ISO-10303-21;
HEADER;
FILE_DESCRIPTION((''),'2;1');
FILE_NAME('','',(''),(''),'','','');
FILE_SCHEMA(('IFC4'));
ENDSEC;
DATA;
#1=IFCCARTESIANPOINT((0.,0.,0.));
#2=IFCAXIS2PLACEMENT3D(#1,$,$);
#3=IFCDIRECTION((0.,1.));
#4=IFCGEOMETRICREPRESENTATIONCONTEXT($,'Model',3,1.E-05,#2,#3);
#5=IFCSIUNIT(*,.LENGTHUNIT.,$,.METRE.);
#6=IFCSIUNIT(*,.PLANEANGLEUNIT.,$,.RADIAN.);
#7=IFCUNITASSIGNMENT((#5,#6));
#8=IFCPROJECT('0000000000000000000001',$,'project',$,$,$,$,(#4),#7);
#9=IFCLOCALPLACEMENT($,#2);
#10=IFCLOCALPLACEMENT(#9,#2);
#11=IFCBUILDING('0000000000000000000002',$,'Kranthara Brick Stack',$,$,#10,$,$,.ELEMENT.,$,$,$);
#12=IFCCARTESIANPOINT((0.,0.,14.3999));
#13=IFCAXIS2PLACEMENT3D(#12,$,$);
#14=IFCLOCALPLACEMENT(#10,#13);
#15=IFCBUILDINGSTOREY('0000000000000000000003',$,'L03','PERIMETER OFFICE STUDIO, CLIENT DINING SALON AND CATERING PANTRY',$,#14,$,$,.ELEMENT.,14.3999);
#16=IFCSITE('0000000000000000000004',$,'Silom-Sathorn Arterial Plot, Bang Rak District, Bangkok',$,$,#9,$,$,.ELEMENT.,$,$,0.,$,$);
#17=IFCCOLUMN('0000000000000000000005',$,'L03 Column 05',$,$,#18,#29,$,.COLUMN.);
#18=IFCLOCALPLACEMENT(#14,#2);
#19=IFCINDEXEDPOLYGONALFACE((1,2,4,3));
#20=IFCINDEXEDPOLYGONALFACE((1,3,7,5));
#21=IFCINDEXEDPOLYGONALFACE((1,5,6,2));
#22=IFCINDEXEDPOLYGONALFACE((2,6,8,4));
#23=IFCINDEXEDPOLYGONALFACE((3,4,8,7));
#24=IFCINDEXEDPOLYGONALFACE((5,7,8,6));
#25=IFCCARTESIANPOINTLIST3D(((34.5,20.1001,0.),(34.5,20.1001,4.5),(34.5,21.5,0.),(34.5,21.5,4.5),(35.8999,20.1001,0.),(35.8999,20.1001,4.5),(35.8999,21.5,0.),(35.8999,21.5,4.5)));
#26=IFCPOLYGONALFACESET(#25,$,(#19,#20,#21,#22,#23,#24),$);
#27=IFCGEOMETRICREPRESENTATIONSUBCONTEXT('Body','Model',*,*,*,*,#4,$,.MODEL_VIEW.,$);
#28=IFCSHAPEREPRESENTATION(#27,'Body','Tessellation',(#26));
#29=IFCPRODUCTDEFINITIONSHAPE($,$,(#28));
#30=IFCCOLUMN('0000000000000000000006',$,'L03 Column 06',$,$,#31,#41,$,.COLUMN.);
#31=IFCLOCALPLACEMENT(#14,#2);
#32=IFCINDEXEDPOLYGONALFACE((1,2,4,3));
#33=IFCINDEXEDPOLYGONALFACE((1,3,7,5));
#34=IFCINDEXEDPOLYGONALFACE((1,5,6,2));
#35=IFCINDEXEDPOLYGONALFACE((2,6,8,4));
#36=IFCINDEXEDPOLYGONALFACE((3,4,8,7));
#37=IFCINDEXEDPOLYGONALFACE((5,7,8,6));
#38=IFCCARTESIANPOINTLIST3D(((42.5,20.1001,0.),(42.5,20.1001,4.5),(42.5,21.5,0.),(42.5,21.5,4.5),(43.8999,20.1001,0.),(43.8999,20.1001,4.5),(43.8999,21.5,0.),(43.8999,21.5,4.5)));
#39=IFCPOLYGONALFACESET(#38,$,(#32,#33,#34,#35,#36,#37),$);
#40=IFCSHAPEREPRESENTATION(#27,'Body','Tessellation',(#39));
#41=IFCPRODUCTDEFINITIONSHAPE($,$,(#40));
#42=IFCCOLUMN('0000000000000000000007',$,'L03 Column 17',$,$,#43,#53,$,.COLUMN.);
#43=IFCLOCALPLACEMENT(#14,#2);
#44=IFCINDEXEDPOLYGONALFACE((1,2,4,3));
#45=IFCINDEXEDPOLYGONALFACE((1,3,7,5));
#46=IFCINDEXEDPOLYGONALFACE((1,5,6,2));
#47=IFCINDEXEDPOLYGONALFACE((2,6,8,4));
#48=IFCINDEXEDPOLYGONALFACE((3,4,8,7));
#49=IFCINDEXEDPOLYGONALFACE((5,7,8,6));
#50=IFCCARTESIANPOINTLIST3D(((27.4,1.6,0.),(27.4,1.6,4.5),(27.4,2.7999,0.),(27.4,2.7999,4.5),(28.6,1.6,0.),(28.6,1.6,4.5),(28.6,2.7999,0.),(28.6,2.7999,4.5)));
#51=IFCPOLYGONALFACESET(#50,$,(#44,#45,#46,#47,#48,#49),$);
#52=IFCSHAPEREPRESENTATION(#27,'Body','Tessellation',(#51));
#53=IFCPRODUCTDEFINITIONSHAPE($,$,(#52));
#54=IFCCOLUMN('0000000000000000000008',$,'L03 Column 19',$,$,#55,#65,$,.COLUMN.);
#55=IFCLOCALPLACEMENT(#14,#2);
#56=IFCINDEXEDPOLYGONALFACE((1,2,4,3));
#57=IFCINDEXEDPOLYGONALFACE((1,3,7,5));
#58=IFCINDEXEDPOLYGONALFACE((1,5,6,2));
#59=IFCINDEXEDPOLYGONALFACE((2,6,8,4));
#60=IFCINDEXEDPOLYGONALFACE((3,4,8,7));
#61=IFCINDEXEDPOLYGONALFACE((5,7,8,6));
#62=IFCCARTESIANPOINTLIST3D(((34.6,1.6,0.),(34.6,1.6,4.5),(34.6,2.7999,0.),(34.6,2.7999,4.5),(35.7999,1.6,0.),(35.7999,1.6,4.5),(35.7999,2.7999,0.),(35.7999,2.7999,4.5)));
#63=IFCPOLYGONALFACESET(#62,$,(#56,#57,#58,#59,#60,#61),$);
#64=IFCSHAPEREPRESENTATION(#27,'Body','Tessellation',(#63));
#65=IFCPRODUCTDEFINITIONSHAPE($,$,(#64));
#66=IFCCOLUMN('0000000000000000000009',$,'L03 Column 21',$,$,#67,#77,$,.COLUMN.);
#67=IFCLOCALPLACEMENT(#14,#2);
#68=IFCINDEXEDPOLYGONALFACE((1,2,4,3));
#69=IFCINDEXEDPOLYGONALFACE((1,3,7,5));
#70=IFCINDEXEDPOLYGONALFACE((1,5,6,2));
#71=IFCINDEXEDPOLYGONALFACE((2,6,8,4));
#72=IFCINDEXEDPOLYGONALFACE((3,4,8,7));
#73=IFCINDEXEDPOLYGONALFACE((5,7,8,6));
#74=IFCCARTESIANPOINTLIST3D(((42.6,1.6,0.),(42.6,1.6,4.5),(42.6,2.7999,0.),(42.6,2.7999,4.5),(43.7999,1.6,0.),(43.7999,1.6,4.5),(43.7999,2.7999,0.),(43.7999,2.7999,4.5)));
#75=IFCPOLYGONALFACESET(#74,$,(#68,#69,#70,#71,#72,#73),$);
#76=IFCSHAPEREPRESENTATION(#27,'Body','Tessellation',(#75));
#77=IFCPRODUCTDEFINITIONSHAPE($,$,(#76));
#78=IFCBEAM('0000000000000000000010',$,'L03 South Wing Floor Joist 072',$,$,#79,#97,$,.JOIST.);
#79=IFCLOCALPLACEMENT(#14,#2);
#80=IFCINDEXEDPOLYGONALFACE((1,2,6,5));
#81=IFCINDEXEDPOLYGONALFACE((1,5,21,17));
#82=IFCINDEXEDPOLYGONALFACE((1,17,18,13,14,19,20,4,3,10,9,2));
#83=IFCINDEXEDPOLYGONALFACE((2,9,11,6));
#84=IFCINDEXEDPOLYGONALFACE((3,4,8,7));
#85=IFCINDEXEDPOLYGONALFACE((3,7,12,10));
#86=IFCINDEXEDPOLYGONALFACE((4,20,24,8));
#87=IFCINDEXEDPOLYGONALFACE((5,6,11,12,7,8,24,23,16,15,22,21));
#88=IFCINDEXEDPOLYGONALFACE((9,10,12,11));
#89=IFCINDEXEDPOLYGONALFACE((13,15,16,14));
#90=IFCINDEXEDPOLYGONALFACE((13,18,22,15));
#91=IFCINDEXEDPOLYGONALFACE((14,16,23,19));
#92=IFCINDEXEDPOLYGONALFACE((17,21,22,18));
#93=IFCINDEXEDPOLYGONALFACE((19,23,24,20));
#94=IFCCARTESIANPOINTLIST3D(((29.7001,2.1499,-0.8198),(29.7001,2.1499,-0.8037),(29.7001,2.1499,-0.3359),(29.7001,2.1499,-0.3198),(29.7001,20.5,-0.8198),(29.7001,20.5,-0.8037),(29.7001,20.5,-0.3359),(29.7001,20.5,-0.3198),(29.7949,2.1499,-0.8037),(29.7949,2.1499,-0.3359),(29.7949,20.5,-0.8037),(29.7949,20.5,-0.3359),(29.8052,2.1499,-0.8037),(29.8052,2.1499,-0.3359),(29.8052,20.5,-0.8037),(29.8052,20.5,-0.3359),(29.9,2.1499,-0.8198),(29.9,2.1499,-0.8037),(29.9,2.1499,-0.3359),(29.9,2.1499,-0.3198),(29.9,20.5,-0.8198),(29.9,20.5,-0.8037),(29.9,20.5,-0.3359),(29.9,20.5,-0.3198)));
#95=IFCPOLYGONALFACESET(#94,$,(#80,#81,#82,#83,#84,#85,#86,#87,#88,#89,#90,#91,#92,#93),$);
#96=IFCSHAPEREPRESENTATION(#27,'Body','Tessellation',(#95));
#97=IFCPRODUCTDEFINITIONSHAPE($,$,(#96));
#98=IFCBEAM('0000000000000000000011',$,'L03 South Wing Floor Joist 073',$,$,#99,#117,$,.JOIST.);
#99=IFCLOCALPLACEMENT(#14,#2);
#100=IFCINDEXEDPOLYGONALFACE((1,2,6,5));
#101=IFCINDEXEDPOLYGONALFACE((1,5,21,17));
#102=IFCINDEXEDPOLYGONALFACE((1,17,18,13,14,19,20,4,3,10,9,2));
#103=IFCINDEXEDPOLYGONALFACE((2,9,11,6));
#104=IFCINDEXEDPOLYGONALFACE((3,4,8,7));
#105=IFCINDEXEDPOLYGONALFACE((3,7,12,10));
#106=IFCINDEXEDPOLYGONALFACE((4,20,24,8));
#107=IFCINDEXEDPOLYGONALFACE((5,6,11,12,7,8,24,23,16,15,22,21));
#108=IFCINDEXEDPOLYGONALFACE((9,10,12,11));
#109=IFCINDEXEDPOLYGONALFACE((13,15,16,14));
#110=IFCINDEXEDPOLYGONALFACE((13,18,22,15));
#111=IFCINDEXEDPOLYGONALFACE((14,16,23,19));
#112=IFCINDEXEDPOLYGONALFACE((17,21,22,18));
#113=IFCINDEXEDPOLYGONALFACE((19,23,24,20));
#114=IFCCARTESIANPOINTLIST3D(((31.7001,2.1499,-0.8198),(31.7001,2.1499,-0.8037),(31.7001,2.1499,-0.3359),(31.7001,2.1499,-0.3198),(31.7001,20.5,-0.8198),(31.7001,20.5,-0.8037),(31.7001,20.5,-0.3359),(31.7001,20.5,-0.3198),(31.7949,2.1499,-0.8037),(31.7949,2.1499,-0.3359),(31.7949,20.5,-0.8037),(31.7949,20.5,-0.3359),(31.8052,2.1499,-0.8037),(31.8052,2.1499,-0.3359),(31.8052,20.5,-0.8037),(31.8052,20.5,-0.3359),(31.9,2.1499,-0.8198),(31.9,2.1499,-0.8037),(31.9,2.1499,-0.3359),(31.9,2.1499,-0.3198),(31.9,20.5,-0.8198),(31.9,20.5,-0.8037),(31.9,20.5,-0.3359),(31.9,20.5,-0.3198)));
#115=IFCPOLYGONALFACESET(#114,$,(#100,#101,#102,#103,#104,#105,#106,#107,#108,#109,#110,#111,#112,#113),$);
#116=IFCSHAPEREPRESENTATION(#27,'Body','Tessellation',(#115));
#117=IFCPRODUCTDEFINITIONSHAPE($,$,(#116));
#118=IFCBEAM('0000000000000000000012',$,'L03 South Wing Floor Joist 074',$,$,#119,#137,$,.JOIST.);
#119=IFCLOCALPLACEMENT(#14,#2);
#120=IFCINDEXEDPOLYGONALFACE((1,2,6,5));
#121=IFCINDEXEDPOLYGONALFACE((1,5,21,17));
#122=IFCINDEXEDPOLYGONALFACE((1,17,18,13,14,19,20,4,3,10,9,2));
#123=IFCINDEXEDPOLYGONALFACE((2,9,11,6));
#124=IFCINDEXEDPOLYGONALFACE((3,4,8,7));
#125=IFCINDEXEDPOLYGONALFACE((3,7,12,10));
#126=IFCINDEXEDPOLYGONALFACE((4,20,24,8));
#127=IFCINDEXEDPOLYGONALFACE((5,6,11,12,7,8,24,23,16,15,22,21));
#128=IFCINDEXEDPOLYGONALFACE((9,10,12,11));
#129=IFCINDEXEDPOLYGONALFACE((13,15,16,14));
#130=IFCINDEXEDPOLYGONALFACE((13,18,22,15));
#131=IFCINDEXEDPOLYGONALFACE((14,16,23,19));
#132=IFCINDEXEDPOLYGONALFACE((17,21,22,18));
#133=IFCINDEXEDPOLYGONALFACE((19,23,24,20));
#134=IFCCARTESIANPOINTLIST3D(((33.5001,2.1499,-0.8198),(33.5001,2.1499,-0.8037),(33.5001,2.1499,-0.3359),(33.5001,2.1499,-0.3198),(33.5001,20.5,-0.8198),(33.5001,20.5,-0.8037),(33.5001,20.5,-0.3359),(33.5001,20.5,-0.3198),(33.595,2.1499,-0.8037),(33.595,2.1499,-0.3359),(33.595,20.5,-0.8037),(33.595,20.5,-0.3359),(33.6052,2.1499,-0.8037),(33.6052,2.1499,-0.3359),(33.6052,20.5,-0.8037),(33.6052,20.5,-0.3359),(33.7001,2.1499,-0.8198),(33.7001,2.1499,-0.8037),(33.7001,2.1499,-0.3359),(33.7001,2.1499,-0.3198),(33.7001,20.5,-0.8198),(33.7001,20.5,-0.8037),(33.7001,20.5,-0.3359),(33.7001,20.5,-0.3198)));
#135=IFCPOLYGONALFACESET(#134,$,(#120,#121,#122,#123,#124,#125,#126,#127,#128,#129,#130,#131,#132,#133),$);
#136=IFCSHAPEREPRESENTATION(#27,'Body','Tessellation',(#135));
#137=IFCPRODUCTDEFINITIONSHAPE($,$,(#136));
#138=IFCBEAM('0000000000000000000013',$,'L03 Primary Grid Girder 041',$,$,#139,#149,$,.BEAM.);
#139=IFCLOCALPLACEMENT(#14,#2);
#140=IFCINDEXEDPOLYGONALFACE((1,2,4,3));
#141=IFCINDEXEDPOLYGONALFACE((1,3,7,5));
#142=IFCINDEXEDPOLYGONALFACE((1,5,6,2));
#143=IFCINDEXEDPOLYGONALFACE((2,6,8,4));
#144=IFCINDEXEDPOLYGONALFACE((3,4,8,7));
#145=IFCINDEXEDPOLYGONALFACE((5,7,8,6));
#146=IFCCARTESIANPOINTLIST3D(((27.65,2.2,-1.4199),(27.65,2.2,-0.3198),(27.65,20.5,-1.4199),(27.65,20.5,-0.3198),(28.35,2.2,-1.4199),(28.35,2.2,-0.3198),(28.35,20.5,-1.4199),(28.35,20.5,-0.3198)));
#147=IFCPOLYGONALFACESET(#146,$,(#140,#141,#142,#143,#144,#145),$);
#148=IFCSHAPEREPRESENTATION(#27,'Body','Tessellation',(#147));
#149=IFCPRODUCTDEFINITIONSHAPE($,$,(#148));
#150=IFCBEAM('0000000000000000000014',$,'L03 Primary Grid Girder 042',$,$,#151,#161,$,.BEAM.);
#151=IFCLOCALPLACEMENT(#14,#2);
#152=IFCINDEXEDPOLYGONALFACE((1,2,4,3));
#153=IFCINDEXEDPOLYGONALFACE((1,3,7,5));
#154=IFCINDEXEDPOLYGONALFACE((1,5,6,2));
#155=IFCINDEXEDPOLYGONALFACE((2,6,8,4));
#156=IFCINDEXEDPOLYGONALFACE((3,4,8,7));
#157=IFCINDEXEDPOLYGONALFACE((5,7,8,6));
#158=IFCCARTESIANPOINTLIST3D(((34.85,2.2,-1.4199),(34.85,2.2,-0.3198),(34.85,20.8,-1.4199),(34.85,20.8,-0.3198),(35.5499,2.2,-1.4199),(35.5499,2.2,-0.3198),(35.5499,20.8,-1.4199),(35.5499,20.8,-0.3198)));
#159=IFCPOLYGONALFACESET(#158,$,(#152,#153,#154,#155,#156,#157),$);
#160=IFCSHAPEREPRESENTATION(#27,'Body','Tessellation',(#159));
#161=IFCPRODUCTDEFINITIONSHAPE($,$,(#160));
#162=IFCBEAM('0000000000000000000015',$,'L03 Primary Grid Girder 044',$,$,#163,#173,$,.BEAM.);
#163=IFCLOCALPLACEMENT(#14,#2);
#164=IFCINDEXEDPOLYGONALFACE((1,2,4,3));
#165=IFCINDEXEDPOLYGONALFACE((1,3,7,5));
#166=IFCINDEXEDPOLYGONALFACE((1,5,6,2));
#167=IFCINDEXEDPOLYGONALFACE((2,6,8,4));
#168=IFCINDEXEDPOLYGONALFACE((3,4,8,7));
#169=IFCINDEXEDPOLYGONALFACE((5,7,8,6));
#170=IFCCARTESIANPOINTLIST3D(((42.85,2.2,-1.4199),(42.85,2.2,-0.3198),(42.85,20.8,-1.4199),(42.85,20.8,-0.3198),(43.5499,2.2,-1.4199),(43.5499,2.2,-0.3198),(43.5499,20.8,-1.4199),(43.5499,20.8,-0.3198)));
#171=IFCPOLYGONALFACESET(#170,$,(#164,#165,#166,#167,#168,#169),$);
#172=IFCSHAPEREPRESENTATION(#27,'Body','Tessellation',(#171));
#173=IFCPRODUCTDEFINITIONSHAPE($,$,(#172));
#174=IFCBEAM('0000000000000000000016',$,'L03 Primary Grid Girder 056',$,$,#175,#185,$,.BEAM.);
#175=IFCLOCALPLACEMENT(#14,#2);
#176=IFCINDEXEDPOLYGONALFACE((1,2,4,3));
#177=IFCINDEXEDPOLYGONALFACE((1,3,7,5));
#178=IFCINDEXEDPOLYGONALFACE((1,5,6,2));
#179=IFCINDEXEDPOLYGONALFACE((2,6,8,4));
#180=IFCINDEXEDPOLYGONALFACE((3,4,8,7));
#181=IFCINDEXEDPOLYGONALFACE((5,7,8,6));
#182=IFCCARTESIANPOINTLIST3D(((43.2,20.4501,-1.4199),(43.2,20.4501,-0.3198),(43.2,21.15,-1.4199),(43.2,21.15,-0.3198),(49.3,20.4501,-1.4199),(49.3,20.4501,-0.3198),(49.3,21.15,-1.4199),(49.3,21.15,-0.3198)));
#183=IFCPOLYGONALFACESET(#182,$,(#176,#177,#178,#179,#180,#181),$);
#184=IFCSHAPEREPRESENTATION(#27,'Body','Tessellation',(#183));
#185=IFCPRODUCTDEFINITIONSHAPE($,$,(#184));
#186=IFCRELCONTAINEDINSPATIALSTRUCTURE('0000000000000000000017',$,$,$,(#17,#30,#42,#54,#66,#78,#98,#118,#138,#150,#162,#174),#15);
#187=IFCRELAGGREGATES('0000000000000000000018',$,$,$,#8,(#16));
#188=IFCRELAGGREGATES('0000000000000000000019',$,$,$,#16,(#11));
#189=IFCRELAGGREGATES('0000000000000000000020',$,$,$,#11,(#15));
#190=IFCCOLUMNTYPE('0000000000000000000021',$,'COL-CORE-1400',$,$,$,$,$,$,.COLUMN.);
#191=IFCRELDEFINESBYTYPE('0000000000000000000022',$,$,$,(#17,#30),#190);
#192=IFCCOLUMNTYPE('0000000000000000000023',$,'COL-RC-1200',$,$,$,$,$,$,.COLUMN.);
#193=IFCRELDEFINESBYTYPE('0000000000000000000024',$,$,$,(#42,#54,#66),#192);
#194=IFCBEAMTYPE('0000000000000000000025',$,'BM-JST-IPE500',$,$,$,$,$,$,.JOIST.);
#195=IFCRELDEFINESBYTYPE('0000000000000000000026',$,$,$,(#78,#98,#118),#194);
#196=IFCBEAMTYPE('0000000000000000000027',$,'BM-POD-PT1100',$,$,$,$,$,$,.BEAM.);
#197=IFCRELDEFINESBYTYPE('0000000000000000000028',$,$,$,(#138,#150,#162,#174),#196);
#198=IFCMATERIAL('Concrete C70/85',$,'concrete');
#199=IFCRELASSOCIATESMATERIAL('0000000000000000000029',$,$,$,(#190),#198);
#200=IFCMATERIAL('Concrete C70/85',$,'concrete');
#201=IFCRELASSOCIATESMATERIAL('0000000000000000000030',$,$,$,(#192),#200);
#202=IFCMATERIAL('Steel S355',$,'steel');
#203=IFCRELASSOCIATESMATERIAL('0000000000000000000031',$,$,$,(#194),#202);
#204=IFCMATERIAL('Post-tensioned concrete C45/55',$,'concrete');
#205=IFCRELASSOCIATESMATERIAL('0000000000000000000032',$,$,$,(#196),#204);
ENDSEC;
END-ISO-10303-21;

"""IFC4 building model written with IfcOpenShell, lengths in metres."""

from ifc_helpers import new_model, si_unit, direction, frame, origin, origin_2d, place, context, subcontext, project, spatial, rectangle, i_section, extrude, material, material_profile, profile_set, type_object, element, save


model = new_model("IFC4")

# Units and contexts
model_context = context("Model", 3, precision=1e-05, world=origin(), true_north=direction((0.0, 1.0)))
body_context = subcontext(model_context, "Body", "Model", "MODEL_VIEW")
ifc_project = project(units=[si_unit("LENGTHUNIT", "METRE"), si_unit("PLANEANGLEUNIT", "RADIAN")], contexts=[model_context])

# Site, building, storey
site_placement = place(None, origin())
site = spatial("IfcSite", under=ifc_project, at=site_placement, Name="Silom-Sathorn Arterial Plot, Bang Rak District, Bangkok", CompositionType="ELEMENT", RefElevation=0.0)
building_placement = place(site_placement, origin())
building = spatial("IfcBuilding", under=site, at=building_placement, Name="Kranthara Brick Stack", CompositionType="ELEMENT")
storey_placement = place(building_placement, frame((0.0, 0.0, 14.3999)))
storey = spatial("IfcBuildingStorey", under=building, at=storey_placement, Name="L03", Description="PERIMETER OFFICE STUDIO, CLIENT DINING SALON AND CATERING PANTRY", CompositionType="ELEMENT", Elevation=14.3999)

# Columns
ifc_material_1 = material(Name="Concrete C70/85", Category="concrete")
ifc_material_profile_1 = material_profile(ifc_material_1, rectangle(XDim=1.3999, YDim=1.3999, at=origin_2d()), Name="RC 1400x1400")
ifc_profile_set_1 = profile_set([ifc_material_profile_1], Name="Concrete C70/85")
column_type_1 = type_object("IfcColumnType", Name="COL-CORE-1400", PredefinedType="COLUMN", material=ifc_profile_set_1)
for number, where, z_axis, x_axis, name in (
    (1, (35.2, 20.8, 0.0), (0.0, 0.0, 1.0), (1.0, 0.0, 0.0), "L03 Column 05"),
    (2, (43.2, 20.8, 0.0), (0.0, 0.0, 1.0), (1.0, 0.0, 0.0), "L03 Column 06"),
):
    element("IfcColumn", number, at=place(storey_placement, frame(where, z_axis=z_axis, x_axis=x_axis)), inside=storey, type_object=column_type_1, Name=name, PredefinedType="COLUMN", context=body_context, shape_type="SweptSolid", body=[
        extrude(rectangle(XDim=1.3999, YDim=1.3999, at=origin_2d()), origin(), (0.0, 0.0, 1.0), 4.5),
    ])
ifc_material_2 = material(Name="Concrete C70/85", Category="concrete")
ifc_material_profile_2 = material_profile(ifc_material_2, rectangle(XDim=1.2, YDim=1.2, at=origin_2d()), Name="RC 1200x1200")
ifc_profile_set_2 = profile_set([ifc_material_profile_2], Name="Concrete C70/85")
column_type_2 = type_object("IfcColumnType", Name="COL-RC-1200", PredefinedType="COLUMN", material=ifc_profile_set_2)
for number, where, z_axis, x_axis, name in (
    (3, (28.0, 2.2, 0.0), (0.0, 0.0, 1.0), (1.0, 0.0, 0.0), "L03 Column 17"),
    (4, (35.2, 2.2, 0.0), (0.0, 0.0, 1.0), (1.0, 0.0, 0.0), "L03 Column 19"),
    (5, (43.2, 2.2, 0.0), (0.0, 0.0, 1.0), (1.0, 0.0, 0.0), "L03 Column 21"),
):
    element("IfcColumn", number, at=place(storey_placement, frame(where, z_axis=z_axis, x_axis=x_axis)), inside=storey, type_object=column_type_2, Name=name, PredefinedType="COLUMN", context=body_context, shape_type="SweptSolid", body=[
        extrude(rectangle(XDim=1.2, YDim=1.2, at=origin_2d()), origin(), (0.0, 0.0, 1.0), 4.5),
    ])

# Beams
ifc_material_3 = material(Name="Steel S355", Category="steel")
ifc_material_profile_3 = material_profile(ifc_material_3, i_section(OverallWidth=0.2, OverallDepth=0.5, WebThickness=0.0103, FlangeThickness=0.0161, at=origin_2d()), Name="IPE 500")
ifc_profile_set_3 = profile_set([ifc_material_profile_3], Name="Steel S355")
beam_type_1 = type_object("IfcBeamType", Name="BM-JST-IPE500", PredefinedType="JOIST", material=ifc_profile_set_3)
for number, where, z_axis, x_axis, name in (
    (6, (29.8, 2.1499, -0.5698), (0.0, 1.0, 0.0), (-1.0, 0.0, 0.0), "L03 South Wing Floor Joist 072"),
    (7, (31.8, 2.1499, -0.5698), (0.0, 1.0, 0.0), (-1.0, 0.0, 0.0), "L03 South Wing Floor Joist 073"),
    (8, (33.6001, 2.1499, -0.5698), (0.0, 1.0, 0.0), (-1.0, 0.0, 0.0), "L03 South Wing Floor Joist 074"),
):
    element("IfcBeam", number, at=place(storey_placement, frame(where, z_axis=z_axis, x_axis=x_axis)), inside=storey, type_object=beam_type_1, Name=name, PredefinedType="JOIST", context=body_context, shape_type="SweptSolid", body=[
        extrude(i_section(OverallWidth=0.2, OverallDepth=0.5, WebThickness=0.0103, FlangeThickness=0.0161, at=origin_2d()), origin(), (0.0, 0.0, 1.0), 18.3501),
    ])
ifc_material_4 = material(Name="Post-tensioned concrete C45/55", Category="concrete")
ifc_material_profile_4 = material_profile(ifc_material_4, rectangle(XDim=0.7, YDim=1.1001, at=origin_2d()), Name="PT 700x1100")
ifc_profile_set_4 = profile_set([ifc_material_profile_4], Name="Post-tensioned concrete C45/55")
beam_type_2 = type_object("IfcBeamType", Name="BM-POD-PT1100", PredefinedType="BEAM", material=ifc_profile_set_4)
beam_1_placement = place(storey_placement, frame((28.0, 2.2, -0.8699), z_axis=(0.0, 1.0, 0.0), x_axis=(-1.0, 0.0, 0.0)))
element("IfcBeam", 9, at=beam_1_placement, inside=storey, type_object=beam_type_2, Name="L03 Primary Grid Girder 041", PredefinedType="BEAM", context=body_context, shape_type="SweptSolid", body=[
    extrude(rectangle(XDim=0.7, YDim=1.1001, at=origin_2d()), origin(), (0.0, 0.0, 1.0), 18.3),
])
for number, where, z_axis, x_axis, name in (
    (10, (35.2, 2.2, -0.8699), (0.0, 1.0, 0.0), (-1.0, 0.0, 0.0), "L03 Primary Grid Girder 042"),
    (11, (43.2, 2.2, -0.8699), (0.0, 1.0, 0.0), (-1.0, 0.0, 0.0), "L03 Primary Grid Girder 044"),
):
    element("IfcBeam", number, at=place(storey_placement, frame(where, z_axis=z_axis, x_axis=x_axis)), inside=storey, type_object=beam_type_2, Name=name, PredefinedType="BEAM", context=body_context, shape_type="SweptSolid", body=[
        extrude(rectangle(XDim=0.7, YDim=1.1001, at=origin_2d()), origin(), (0.0, 0.0, 1.0), 18.6001),
    ])
beam_2_placement = place(storey_placement, frame((43.2, 20.8, -0.8699), z_axis=(1.0, 0.0, 0.0), x_axis=(0.0, 1.0, 0.0)))
element("IfcBeam", 12, at=beam_2_placement, inside=storey, type_object=beam_type_2, Name="L03 Primary Grid Girder 056", PredefinedType="BEAM", context=body_context, shape_type="SweptSolid", body=[
    extrude(rectangle(XDim=0.7, YDim=1.1001, at=origin_2d()), origin(), (0.0, 0.0, 1.0), 6.1001),
])

save(model, "model.ifc")
